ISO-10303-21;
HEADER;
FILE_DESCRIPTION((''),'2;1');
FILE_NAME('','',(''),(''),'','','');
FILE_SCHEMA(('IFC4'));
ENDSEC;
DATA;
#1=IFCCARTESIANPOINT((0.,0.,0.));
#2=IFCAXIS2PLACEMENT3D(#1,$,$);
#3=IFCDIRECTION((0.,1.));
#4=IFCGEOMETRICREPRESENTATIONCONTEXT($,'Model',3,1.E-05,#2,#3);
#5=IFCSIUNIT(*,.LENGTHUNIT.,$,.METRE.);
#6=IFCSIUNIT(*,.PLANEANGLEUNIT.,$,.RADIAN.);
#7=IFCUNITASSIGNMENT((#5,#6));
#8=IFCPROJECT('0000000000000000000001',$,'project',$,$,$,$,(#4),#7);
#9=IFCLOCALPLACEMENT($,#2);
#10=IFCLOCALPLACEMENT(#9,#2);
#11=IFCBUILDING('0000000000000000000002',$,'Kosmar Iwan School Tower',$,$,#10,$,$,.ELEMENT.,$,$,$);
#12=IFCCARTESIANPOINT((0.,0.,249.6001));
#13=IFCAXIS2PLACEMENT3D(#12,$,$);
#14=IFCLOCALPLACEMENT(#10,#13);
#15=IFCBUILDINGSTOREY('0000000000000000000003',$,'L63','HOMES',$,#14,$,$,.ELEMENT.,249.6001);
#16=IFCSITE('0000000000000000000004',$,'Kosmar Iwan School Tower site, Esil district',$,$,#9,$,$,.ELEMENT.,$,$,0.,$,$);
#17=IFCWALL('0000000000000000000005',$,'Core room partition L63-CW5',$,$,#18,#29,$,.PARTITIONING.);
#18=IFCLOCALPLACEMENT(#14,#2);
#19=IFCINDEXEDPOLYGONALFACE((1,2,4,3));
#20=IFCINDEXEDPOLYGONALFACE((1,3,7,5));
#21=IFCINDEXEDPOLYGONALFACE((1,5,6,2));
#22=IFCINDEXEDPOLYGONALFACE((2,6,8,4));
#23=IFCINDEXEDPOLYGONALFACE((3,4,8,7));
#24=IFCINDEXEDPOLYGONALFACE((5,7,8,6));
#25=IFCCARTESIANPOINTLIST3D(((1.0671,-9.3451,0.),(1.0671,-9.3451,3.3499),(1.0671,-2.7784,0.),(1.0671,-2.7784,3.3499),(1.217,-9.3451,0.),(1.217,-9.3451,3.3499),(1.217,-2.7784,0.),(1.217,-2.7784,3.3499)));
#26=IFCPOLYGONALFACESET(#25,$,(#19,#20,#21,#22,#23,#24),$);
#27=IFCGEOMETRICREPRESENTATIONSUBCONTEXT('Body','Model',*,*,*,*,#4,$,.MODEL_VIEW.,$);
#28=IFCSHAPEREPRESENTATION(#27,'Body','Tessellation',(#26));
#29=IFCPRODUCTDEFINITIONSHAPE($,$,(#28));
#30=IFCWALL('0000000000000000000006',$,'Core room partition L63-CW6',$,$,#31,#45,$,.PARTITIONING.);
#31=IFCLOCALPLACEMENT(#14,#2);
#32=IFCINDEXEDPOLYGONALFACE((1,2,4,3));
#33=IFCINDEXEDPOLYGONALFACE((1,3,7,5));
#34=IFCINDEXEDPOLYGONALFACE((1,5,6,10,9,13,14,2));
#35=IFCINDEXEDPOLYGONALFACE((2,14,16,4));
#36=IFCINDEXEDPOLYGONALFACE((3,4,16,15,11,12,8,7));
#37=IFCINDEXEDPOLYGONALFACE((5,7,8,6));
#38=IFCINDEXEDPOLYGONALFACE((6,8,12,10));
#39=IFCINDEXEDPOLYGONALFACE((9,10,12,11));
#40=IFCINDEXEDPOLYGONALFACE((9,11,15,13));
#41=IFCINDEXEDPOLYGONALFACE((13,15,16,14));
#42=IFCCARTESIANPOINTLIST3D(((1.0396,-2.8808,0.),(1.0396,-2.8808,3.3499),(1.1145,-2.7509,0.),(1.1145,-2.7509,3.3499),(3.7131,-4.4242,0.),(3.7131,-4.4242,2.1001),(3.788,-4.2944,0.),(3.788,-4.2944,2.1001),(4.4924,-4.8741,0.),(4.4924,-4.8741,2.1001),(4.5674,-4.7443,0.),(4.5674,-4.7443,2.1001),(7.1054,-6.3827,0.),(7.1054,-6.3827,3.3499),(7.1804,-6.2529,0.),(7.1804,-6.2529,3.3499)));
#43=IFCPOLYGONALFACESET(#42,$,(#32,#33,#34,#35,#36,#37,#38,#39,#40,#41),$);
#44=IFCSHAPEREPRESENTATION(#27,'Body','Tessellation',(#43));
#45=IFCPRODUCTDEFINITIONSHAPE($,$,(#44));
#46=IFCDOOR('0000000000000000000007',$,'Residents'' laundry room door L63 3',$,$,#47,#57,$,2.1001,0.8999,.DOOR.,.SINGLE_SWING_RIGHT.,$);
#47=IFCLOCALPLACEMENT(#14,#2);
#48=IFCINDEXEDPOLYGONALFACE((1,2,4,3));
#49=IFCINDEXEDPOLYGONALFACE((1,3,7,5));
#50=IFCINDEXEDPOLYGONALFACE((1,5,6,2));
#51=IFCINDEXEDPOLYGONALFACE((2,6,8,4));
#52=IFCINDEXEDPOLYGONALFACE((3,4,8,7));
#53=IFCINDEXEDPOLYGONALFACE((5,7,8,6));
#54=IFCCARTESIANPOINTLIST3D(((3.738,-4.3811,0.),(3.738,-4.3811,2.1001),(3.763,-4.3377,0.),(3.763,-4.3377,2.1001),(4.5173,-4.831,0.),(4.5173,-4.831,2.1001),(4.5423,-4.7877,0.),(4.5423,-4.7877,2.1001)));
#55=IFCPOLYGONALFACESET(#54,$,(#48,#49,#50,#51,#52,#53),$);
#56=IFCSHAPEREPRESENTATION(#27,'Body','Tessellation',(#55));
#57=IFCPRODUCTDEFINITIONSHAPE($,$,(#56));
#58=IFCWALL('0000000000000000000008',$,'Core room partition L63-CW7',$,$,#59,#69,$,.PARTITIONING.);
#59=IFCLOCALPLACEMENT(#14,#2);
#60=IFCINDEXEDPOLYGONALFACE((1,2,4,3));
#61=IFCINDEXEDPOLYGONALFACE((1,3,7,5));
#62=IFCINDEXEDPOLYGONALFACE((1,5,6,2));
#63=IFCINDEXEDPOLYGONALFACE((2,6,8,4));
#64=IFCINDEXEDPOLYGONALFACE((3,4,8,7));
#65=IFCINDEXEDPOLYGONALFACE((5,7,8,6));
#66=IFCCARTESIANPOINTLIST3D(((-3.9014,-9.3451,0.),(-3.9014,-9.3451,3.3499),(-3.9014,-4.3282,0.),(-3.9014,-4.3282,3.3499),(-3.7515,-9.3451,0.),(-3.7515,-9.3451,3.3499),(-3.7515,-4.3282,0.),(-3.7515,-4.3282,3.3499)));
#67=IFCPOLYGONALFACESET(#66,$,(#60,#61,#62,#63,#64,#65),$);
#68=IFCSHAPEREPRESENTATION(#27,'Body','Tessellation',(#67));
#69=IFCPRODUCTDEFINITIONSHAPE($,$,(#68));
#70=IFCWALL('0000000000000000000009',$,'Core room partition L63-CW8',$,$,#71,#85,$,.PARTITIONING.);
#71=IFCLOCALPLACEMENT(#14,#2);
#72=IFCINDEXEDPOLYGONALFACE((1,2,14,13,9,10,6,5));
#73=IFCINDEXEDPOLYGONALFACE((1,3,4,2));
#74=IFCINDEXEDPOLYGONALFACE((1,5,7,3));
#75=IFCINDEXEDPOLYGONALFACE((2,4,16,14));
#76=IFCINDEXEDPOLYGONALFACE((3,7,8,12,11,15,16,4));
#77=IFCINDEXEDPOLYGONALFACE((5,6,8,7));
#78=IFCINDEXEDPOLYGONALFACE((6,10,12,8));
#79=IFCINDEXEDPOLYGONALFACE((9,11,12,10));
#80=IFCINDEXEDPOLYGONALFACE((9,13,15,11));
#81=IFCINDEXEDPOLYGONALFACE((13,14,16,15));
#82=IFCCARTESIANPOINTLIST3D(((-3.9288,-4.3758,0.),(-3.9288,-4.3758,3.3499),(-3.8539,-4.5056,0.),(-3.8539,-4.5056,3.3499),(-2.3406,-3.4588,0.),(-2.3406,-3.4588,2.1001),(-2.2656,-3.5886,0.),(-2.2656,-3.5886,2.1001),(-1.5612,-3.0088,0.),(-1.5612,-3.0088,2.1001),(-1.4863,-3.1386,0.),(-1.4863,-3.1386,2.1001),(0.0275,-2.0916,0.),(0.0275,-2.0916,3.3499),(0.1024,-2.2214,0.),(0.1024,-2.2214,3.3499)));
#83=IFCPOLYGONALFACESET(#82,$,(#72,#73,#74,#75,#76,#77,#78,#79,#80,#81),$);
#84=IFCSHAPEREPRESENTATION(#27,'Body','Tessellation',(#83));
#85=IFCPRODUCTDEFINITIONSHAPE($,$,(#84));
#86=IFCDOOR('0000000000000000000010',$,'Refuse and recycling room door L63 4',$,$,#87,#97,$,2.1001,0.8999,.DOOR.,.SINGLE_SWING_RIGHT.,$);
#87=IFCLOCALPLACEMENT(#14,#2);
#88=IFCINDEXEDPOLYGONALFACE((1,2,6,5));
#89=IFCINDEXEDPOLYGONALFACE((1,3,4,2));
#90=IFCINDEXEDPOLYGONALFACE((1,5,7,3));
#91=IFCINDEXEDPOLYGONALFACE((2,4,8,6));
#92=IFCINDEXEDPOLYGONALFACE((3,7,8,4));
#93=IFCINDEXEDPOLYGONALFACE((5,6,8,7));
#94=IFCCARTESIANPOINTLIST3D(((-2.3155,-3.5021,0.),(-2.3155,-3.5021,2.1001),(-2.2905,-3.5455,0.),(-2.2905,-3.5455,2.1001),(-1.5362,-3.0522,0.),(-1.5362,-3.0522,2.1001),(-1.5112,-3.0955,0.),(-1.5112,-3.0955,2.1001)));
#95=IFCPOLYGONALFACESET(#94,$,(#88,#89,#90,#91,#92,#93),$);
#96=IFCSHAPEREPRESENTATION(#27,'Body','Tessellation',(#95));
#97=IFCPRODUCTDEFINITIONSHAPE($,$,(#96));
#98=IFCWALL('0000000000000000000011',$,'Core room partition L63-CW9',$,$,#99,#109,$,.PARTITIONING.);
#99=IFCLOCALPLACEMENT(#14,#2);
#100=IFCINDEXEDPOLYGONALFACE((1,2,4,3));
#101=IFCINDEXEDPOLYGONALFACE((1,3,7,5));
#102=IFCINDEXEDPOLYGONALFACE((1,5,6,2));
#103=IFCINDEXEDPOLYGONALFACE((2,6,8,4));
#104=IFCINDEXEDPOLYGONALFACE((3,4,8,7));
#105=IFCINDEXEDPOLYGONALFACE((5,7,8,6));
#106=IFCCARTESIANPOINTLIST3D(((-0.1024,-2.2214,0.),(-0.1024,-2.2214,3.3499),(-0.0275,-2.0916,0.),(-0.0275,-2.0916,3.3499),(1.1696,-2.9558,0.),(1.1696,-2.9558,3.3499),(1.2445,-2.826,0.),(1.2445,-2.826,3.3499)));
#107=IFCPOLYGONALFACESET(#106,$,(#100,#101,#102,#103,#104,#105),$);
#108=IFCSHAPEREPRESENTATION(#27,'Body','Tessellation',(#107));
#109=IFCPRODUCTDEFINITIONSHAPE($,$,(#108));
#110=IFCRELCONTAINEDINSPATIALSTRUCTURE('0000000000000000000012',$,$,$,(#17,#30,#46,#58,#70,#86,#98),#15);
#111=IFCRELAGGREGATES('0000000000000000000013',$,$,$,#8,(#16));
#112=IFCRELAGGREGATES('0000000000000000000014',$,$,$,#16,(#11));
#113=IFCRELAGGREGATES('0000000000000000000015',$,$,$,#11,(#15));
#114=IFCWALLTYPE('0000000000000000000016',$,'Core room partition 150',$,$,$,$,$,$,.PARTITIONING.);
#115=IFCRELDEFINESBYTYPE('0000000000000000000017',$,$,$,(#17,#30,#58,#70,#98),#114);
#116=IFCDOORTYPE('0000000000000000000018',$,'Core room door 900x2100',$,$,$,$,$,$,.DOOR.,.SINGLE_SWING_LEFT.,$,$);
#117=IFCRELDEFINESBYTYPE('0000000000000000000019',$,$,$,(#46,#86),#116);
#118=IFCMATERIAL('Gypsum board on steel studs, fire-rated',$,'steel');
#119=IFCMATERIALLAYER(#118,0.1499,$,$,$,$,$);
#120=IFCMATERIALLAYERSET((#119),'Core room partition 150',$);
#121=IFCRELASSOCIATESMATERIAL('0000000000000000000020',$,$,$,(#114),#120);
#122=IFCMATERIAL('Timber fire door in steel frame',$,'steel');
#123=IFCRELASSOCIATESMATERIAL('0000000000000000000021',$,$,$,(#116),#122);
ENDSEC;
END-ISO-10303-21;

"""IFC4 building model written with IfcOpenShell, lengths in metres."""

from ifc_helpers import new_model, si_unit, direction, frame, frame_2d, origin, place, context, subcontext, project, spatial, rectangle, extrude, material, layer, layer_set, type_object, element, fill, save


model = new_model("IFC4")

# Units and contexts
model_context = context("Model", 3, precision=1e-05, world=origin(), true_north=direction((0.0, 1.0)))
body_context = subcontext(model_context, "Body", "Model", "MODEL_VIEW")
ifc_project = project(units=[si_unit("LENGTHUNIT", "METRE"), si_unit("PLANEANGLEUNIT", "RADIAN")], contexts=[model_context])

# Site, building, storey
site_placement = place(None, origin())
site = spatial("IfcSite", under=ifc_project, at=site_placement, Name="Kosmar Iwan School Tower site, Esil district", CompositionType="ELEMENT", RefElevation=0.0)
building_placement = place(site_placement, origin())
building = spatial("IfcBuilding", under=site, at=building_placement, Name="Kosmar Iwan School Tower", CompositionType="ELEMENT")
storey_placement = place(building_placement, frame((0.0, 0.0, 249.6001)))
storey = spatial("IfcBuildingStorey", under=building, at=storey_placement, Name="L63", Description="HOMES", CompositionType="ELEMENT", Elevation=249.6001)

# Wall
ifc_material_1 = material(Name="Gypsum board on steel studs, fire-rated", Category="steel")
ifc_layer_1 = layer(ifc_material_1, 0.1499)
ifc_layer_set_1 = layer_set([ifc_layer_1], Name="Core room partition 150")
wall_type_1 = type_object("IfcWallType", Name="Core room partition 150", PredefinedType="PARTITIONING", material=ifc_layer_set_1)
wall_1_placement = place(storey_placement, frame((1.1421, -9.345, 0.0), z_axis=(0.0, 0.0, 1.0), x_axis=(0.0, 1.0, 0.0)))
element("IfcWall", 1, at=wall_1_placement, inside=storey, type_object=wall_type_1, Name="Core room partition L63-CW5", PredefinedType="PARTITIONING", context=body_context, shape_type="SweptSolid", body=[
    extrude(rectangle(XDim=6.5667, YDim=0.1499, at=frame_2d((3.2832, 0.0))), origin(), (0.0, 0.0, 1.0), 3.3499),
])

# Wall, opening, door
wall_2_placement = place(storey_placement, frame((1.0771, -2.8159, 0.0), z_axis=(0.0, 0.0, 1.0), x_axis=(0.866038, -0.499978, 0.0)))
wall_2 = element("IfcWall", 2, at=wall_2_placement, inside=storey, type_object=wall_type_1, Name="Core room partition L63-CW6", PredefinedType="PARTITIONING", context=body_context, shape_type="SweptSolid", body=[
    extrude(rectangle(XDim=7.0042, YDim=0.1499, at=frame_2d((3.502, 0.0))), origin(), (0.0, 0.0, 1.0), 3.3499),
])
opening_1_placement = place(wall_2_placement, frame((3.0869, 0.0, 0.0)))
opening_1 = element("IfcOpeningElement", 3, at=opening_1_placement, cuts=wall_2, PredefinedType="OPENING", context=body_context, shape_type="SweptSolid", body=[
    extrude(rectangle(XDim=0.8999, YDim=2.1001, at=frame_2d((0.45, 1.05))), frame((0.0, 0.0869, 0.0), z_axis=(0.0, -1.0, 0.0), x_axis=(1.0, 0.0, 0.0)), (0.0, 0.0, 1.0), 0.1738),
])
ifc_material_2 = material(Name="Timber fire door in steel frame", Category="steel")
door_type_1 = type_object("IfcDoorType", Name="Core room door 900x2100", OperationType="SINGLE_SWING_LEFT", PredefinedType="DOOR", material=ifc_material_2)
door_1_placement = place(opening_1_placement, origin())
door_1 = element("IfcDoor", 4, at=door_1_placement, inside=storey, type_object=door_type_1, Name="Residents' laundry room door L63 3", OperationType="SINGLE_SWING_RIGHT", OverallHeight=2.1001, OverallWidth=0.8999, PredefinedType="DOOR", context=body_context, shape_type="SweptSolid", body=[
    extrude(rectangle(XDim=0.8999, YDim=2.1001, at=frame_2d((0.45, 1.05))), frame((0.0, 0.0249, 0.0), z_axis=(0.0, -1.0, 0.0), x_axis=(1.0, 0.0, 0.0)), (0.0, 0.0, 1.0), 0.05),
])
fill(opening_1, door_1)

# Wall
wall_3_placement = place(storey_placement, frame((-3.8264, -9.345, 0.0), z_axis=(0.0, 0.0, 1.0), x_axis=(0.0, 1.0, 0.0)))
element("IfcWall", 5, at=wall_3_placement, inside=storey, type_object=wall_type_1, Name="Core room partition L63-CW7", PredefinedType="PARTITIONING", context=body_context, shape_type="SweptSolid", body=[
    extrude(rectangle(XDim=5.0168, YDim=0.1499, at=frame_2d((2.5083, 0.0))), origin(), (0.0, 0.0, 1.0), 3.3499),
])

# Wall, opening, door
wall_4_placement = place(storey_placement, frame((-3.8914, -4.4407, 0.0), z_axis=(0.0, 0.0, 1.0), x_axis=(0.866025, 0.500002, 0.0)))
wall_4 = element("IfcWall", 6, at=wall_4_placement, inside=storey, type_object=wall_type_1, Name="Core room partition L63-CW8", PredefinedType="PARTITIONING", context=body_context, shape_type="SweptSolid", body=[
    extrude(rectangle(XDim=4.5684, YDim=0.1499, at=frame_2d((2.2842, 0.0))), origin(), (0.0, 0.0, 1.0), 3.3499),
])
opening_2_placement = place(wall_4_placement, frame((1.834, 0.0, 0.0)))
opening_2 = element("IfcOpeningElement", 7, at=opening_2_placement, cuts=wall_4, PredefinedType="OPENING", context=body_context, shape_type="SweptSolid", body=[
    extrude(rectangle(XDim=0.8999, YDim=2.1001, at=frame_2d((0.45, 1.05))), frame((0.0, 0.0869, 0.0), z_axis=(0.0, -1.0, 0.0), x_axis=(1.0, 0.0, 0.0)), (0.0, 0.0, 1.0), 0.1738),
])
door_2_placement = place(opening_2_placement, origin())
door_2 = element("IfcDoor", 8, at=door_2_placement, inside=storey, type_object=door_type_1, Name="Refuse and recycling room door L63 4", OperationType="SINGLE_SWING_RIGHT", OverallHeight=2.1001, OverallWidth=0.8999, PredefinedType="DOOR", context=body_context, shape_type="SweptSolid", body=[
    extrude(rectangle(XDim=0.8999, YDim=2.1001, at=frame_2d((0.45, 1.05))), frame((0.0, 0.0249, 0.0), z_axis=(0.0, -1.0, 0.0), x_axis=(1.0, 0.0, 0.0)), (0.0, 0.0, 1.0), 0.05),
])
fill(opening_2, door_2)

# Wall
wall_5_placement = place(storey_placement, frame((-0.0649, -2.1565, 0.0), z_axis=(0.0, 0.0, 1.0), x_axis=(0.866025, -0.500001, 0.0)))
element("IfcWall", 9, at=wall_5_placement, inside=storey, type_object=wall_type_1, Name="Core room partition L63-CW9", PredefinedType="PARTITIONING", context=body_context, shape_type="SweptSolid", body=[
    extrude(rectangle(XDim=1.4688, YDim=0.1499, at=frame_2d((0.7344, 0.0))), origin(), (0.0, 0.0, 1.0), 3.3499),
])

save(model, "model.ifc")
